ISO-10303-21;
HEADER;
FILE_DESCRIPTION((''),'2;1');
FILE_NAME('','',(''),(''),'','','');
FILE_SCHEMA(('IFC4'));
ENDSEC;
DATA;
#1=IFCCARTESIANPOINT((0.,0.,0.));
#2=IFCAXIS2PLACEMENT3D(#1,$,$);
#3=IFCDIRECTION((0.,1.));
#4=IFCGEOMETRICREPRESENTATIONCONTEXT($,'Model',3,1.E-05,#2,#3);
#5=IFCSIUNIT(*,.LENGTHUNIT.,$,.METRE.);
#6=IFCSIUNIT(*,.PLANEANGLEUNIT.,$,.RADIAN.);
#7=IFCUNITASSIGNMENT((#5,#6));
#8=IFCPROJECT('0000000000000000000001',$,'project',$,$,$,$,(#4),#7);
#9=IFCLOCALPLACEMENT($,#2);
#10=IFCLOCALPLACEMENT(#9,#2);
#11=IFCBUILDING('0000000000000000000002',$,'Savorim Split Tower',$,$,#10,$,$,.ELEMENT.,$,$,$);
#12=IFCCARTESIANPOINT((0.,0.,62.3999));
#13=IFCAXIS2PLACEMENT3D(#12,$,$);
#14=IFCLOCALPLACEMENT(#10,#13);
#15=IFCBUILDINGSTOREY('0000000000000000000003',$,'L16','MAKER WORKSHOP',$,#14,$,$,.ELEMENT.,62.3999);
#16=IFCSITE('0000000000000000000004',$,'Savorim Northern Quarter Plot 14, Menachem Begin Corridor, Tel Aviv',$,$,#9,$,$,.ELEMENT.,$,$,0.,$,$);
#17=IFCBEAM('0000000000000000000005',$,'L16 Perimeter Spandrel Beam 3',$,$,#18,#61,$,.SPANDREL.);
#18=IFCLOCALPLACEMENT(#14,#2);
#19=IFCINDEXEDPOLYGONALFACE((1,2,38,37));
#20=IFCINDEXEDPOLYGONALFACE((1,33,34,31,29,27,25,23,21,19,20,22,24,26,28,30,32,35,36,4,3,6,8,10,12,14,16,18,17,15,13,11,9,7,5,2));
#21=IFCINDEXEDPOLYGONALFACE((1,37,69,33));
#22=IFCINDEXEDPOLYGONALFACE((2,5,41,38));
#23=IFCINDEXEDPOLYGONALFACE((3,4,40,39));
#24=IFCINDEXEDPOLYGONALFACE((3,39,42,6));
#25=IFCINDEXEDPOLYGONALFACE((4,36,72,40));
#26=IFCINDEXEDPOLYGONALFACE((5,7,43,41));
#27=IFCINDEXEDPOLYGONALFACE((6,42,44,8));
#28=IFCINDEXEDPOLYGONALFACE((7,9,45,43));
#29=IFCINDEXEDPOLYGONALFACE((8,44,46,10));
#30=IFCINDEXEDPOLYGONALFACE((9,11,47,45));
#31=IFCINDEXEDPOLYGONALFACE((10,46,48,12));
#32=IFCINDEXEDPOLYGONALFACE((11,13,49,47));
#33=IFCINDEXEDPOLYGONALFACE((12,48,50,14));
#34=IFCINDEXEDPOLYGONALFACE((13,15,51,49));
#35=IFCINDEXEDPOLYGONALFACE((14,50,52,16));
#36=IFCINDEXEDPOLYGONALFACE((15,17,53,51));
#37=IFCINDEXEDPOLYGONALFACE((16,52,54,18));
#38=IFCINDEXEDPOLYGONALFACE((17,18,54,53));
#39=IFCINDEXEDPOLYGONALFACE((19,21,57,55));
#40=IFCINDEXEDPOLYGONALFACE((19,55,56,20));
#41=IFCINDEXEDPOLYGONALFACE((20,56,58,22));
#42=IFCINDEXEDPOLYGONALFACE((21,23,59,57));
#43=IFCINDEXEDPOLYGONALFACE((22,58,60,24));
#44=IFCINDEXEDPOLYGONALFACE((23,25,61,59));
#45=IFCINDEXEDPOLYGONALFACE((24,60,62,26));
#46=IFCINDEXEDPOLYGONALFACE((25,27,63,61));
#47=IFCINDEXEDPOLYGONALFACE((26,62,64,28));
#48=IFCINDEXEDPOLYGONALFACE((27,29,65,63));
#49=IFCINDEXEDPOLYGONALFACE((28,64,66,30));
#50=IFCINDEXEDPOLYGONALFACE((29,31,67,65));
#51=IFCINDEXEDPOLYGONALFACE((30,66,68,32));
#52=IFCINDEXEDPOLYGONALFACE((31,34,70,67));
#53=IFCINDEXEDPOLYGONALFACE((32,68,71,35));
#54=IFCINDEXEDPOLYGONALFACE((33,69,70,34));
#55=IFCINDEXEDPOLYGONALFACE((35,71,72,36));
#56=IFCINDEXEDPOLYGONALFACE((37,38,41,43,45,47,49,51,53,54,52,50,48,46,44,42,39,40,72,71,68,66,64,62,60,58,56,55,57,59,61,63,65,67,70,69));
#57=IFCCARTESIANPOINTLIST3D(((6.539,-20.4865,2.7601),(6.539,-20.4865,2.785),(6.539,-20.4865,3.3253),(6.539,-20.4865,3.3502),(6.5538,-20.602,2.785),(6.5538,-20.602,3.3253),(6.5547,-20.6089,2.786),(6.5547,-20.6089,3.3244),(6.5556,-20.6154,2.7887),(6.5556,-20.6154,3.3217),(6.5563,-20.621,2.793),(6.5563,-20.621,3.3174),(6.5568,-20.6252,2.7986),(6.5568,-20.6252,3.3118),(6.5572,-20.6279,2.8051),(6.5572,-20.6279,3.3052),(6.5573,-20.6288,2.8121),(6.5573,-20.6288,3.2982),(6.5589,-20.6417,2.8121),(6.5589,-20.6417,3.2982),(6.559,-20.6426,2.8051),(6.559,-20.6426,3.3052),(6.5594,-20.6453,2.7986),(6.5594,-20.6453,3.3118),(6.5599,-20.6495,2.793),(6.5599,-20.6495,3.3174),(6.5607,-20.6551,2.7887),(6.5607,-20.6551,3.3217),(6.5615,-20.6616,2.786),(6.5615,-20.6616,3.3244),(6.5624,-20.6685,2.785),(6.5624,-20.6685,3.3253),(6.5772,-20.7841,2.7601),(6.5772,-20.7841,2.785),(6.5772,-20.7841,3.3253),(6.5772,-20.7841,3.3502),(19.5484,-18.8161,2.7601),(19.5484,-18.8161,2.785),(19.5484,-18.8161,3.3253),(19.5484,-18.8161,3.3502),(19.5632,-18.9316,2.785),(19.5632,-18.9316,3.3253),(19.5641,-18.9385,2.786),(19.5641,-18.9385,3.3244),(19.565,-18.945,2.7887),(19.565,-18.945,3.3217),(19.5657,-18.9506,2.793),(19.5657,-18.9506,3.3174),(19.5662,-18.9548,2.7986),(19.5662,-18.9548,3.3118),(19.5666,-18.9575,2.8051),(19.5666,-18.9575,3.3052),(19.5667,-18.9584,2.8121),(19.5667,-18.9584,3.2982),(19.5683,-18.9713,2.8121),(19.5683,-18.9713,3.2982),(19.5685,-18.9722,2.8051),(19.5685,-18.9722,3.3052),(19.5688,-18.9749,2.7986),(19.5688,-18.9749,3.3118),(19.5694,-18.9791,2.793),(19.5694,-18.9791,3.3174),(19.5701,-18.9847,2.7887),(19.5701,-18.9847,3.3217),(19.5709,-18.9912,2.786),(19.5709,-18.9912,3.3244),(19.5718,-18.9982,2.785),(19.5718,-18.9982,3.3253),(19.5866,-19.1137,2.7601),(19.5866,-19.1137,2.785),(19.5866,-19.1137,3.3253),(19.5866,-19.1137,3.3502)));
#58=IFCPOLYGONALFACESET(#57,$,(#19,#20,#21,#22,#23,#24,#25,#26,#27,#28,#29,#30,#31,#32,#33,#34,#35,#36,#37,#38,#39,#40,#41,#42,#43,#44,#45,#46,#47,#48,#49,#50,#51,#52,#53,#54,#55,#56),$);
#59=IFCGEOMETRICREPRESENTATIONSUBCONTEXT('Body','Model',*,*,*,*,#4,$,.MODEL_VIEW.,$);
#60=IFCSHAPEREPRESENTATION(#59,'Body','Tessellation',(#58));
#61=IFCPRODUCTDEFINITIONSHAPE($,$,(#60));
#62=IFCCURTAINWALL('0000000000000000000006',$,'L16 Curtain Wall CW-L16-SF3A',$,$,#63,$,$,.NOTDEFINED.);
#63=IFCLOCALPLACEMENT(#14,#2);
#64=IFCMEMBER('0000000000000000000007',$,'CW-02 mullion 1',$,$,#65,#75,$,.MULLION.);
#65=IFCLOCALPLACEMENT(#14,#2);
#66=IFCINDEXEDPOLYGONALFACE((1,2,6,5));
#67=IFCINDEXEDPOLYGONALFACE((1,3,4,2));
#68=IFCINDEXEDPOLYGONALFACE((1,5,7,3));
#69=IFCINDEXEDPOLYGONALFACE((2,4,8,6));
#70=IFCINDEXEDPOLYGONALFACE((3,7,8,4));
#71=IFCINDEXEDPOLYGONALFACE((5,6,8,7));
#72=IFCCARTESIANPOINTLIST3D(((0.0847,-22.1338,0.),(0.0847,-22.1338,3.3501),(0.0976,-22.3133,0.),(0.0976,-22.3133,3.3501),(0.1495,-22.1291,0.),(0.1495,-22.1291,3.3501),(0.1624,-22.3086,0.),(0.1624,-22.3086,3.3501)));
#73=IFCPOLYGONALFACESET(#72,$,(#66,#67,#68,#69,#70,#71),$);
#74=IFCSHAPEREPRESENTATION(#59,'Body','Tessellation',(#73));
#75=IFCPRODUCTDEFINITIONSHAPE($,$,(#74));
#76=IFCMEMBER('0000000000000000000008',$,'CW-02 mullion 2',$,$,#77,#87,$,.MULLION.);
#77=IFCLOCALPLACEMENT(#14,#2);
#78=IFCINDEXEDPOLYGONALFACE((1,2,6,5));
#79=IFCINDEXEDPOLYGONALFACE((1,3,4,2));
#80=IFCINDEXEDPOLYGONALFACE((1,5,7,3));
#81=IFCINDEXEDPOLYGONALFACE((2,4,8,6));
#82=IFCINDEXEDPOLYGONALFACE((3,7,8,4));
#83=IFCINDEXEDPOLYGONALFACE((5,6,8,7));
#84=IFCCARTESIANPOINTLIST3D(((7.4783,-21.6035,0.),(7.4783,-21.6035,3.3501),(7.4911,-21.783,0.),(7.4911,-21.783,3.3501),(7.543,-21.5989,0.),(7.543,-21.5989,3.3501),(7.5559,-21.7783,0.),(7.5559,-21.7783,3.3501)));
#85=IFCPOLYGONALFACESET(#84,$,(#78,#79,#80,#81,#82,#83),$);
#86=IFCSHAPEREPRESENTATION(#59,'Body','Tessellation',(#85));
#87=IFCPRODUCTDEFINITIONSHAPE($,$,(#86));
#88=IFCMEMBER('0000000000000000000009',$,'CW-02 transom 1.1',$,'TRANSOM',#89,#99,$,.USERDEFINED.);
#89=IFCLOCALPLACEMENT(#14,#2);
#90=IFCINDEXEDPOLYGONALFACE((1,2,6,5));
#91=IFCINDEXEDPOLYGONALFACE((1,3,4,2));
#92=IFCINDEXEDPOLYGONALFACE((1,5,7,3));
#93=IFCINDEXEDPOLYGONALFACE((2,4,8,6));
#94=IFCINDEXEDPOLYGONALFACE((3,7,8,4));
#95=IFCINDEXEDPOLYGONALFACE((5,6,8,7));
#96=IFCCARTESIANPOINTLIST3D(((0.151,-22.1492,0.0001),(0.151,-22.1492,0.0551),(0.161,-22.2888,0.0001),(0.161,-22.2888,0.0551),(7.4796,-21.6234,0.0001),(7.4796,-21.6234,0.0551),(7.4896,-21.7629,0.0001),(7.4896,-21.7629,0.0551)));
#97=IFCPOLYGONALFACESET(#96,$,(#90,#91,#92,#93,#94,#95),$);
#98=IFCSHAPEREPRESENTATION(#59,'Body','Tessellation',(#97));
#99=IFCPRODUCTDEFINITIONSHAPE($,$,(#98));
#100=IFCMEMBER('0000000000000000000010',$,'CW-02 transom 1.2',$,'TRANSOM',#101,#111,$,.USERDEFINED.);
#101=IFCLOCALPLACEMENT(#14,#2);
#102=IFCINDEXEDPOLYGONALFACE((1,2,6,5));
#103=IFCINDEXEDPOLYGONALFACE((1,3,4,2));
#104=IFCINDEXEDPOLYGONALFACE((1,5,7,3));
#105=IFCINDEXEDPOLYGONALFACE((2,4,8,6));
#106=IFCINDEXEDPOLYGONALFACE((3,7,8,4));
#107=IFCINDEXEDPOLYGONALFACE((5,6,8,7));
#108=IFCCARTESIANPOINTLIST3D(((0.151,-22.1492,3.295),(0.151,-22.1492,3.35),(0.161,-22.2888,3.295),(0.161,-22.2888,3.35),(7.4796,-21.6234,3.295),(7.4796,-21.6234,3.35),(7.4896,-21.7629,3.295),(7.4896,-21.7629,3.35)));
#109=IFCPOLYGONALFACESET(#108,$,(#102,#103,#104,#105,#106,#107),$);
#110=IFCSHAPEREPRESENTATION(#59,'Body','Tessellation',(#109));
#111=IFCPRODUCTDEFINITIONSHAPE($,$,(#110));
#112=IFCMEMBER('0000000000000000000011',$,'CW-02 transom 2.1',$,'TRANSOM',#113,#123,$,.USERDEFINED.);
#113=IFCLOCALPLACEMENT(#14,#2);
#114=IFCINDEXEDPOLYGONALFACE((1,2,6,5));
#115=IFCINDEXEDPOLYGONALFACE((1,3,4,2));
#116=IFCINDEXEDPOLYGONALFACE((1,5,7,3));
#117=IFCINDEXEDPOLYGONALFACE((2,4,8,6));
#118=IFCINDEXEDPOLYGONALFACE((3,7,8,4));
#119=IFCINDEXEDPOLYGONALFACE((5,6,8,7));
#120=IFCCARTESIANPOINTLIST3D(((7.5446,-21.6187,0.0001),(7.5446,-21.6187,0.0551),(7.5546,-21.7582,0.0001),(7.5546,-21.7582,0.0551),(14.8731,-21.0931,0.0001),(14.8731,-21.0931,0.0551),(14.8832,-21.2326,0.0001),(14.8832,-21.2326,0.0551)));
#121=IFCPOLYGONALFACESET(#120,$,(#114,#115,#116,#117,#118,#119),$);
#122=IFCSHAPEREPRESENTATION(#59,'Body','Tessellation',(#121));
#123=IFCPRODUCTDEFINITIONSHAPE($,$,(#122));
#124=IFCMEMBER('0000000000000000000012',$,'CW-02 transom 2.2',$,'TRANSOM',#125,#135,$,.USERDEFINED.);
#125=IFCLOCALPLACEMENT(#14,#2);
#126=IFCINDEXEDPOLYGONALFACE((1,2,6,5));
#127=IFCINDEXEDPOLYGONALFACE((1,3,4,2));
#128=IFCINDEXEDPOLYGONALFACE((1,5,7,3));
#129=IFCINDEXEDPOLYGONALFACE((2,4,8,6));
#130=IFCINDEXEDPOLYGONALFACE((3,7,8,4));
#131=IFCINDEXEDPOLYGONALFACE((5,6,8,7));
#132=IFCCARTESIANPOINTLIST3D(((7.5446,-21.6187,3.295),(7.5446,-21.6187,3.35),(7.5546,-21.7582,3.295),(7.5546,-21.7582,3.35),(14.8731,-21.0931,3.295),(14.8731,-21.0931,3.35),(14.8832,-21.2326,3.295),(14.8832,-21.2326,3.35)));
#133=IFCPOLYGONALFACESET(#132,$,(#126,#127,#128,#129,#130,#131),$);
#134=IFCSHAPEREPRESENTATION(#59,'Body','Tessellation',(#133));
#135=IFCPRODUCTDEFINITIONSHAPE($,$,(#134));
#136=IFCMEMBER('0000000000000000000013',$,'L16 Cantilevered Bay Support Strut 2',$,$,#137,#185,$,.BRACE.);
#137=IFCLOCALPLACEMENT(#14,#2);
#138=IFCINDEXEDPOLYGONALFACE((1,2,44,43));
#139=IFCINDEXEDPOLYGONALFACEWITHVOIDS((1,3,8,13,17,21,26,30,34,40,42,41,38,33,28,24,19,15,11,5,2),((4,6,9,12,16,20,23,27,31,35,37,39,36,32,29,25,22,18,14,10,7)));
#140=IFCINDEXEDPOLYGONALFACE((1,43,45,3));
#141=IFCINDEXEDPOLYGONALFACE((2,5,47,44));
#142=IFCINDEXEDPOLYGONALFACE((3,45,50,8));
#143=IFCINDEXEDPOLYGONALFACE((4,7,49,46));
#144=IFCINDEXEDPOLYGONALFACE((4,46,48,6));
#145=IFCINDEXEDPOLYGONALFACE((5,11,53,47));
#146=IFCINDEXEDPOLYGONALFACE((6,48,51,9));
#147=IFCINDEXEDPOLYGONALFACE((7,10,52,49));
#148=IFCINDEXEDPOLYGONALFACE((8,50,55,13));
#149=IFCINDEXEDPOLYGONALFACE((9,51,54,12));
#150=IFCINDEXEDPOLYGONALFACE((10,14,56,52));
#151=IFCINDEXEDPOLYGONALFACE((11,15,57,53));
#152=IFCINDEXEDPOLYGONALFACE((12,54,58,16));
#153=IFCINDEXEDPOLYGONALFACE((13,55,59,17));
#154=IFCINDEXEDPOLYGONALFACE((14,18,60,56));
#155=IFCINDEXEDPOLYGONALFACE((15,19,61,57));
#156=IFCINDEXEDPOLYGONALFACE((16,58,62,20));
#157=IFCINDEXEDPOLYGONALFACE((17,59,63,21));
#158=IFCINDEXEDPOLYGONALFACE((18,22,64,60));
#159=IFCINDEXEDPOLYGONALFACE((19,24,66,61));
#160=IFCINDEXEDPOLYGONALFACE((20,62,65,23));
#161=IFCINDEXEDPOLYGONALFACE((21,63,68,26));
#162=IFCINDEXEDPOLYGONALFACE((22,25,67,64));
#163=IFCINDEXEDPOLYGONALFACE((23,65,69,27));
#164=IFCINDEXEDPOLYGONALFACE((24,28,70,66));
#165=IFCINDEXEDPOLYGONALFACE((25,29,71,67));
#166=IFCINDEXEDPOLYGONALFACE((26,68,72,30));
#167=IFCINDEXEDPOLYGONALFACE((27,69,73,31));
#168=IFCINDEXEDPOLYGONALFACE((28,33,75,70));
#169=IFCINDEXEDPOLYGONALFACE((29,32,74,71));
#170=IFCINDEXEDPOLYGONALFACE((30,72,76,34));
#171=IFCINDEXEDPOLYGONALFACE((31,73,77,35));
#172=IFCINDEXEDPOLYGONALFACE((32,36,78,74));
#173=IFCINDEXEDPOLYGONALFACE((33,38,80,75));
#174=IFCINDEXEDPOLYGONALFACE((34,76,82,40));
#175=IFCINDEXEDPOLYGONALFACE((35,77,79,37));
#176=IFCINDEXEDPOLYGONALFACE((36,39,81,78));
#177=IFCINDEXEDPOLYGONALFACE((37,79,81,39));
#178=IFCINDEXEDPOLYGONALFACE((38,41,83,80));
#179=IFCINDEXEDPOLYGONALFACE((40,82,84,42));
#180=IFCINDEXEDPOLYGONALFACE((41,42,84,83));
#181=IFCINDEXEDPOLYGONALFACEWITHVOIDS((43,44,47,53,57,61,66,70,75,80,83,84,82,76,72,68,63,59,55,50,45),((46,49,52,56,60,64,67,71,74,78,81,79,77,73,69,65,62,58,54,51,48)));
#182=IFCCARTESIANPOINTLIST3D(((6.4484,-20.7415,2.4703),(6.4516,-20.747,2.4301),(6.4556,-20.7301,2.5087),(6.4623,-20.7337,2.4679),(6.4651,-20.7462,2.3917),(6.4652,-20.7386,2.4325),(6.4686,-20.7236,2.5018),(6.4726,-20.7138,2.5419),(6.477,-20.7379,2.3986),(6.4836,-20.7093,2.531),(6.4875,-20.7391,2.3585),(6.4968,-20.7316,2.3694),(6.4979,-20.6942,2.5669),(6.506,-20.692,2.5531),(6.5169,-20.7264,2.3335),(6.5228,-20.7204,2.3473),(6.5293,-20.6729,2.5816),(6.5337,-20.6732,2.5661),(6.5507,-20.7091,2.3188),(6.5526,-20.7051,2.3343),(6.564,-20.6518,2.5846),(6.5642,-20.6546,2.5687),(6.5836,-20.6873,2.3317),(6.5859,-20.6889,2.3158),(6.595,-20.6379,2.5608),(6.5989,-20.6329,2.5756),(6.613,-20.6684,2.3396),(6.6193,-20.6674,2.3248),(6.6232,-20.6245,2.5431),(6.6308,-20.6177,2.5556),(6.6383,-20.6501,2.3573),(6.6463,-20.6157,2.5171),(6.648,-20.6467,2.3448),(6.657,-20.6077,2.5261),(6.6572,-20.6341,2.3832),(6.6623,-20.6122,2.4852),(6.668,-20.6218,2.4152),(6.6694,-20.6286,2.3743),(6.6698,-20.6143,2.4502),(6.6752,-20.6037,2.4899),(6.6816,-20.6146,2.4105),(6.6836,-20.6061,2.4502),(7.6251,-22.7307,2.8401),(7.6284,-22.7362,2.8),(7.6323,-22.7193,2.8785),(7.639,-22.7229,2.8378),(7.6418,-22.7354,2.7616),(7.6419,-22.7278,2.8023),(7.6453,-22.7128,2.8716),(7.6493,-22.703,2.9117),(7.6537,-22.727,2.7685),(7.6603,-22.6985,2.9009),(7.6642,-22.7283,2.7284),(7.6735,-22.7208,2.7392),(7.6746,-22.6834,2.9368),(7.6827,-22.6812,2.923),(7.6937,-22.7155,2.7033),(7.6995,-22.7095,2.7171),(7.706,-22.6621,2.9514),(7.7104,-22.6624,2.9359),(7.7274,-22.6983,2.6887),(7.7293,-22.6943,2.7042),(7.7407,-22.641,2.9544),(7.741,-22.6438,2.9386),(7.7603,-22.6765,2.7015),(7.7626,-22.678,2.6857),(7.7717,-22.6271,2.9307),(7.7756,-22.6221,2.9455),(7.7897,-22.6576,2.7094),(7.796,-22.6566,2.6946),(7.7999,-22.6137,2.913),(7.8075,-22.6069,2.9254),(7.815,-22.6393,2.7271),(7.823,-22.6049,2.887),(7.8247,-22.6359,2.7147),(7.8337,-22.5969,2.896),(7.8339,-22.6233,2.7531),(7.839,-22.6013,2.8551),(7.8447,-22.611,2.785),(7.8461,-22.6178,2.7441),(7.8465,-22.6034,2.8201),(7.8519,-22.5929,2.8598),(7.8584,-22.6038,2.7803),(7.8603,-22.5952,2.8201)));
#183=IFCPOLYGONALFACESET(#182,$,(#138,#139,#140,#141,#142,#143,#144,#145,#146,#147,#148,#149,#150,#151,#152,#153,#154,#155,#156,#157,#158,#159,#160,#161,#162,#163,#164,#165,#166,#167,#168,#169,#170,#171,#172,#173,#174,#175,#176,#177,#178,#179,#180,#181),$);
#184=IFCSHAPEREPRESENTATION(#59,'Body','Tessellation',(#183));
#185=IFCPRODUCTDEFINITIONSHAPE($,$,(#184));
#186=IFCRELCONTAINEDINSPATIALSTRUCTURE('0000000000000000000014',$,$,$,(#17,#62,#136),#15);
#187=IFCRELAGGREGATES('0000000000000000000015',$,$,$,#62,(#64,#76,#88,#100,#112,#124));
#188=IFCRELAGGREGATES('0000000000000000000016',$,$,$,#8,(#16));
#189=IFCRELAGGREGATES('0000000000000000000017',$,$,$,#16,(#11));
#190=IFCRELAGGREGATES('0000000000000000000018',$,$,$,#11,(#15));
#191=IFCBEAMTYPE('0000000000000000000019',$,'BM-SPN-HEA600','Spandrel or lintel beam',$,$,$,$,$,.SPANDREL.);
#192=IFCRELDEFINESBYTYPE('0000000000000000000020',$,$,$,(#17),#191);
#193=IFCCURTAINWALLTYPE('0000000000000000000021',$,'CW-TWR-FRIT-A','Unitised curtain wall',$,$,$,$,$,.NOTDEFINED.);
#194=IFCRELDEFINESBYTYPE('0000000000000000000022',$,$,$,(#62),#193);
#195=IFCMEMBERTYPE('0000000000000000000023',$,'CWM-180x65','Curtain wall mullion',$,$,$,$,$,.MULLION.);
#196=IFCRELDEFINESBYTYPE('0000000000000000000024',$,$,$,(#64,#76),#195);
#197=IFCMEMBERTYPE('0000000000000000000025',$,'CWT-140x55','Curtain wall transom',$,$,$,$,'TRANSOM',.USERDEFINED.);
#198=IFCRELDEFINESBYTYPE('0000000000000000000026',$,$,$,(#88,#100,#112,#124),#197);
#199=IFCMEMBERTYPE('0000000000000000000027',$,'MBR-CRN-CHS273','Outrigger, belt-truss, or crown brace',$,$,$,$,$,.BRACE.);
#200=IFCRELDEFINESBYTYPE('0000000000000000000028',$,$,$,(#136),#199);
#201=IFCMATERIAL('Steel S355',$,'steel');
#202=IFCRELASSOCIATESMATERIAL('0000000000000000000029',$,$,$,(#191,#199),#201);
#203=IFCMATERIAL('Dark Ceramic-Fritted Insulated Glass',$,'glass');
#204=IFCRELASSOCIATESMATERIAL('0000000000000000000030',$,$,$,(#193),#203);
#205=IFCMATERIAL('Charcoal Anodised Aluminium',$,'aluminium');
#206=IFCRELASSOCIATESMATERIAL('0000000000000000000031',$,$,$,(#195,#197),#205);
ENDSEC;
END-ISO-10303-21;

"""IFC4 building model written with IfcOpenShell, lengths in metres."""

from ifc_helpers import new_model, si_unit, direction, frame, origin, origin_2d, place, context, subcontext, project, spatial, rectangle, hollow_circle, i_section, extrude, material, material_profile, profile_set, type_object, element, aggregate, save


model = new_model("IFC4")

# Units and contexts
model_context = context("Model", 3, precision=1e-05, world=origin(), true_north=direction((0.0, 1.0)))
body_context = subcontext(model_context, "Body", "Model", "MODEL_VIEW")
ifc_project = project(units=[si_unit("LENGTHUNIT", "METRE"), si_unit("PLANEANGLEUNIT", "RADIAN")], contexts=[model_context])

# Site, building, storey
site_placement = place(None, origin())
site = spatial("IfcSite", under=ifc_project, at=site_placement, Name="Savorim Northern Quarter Plot 14, Menachem Begin Corridor, Tel Aviv", CompositionType="ELEMENT", RefElevation=0.0)
building_placement = place(site_placement, origin())
building = spatial("IfcBuilding", under=site, at=building_placement, Name="Savorim Split Tower", CompositionType="ELEMENT")
storey_placement = place(building_placement, frame((0.0, 0.0, 62.3999)))
storey = spatial("IfcBuildingStorey", under=building, at=storey_placement, Name="L16", Description="MAKER WORKSHOP", CompositionType="ELEMENT", Elevation=62.3999)

# Beam
ifc_material_1 = material(Name="Steel S355", Category="steel")
ifc_material_profile_1 = material_profile(ifc_material_1, i_section(OverallWidth=0.3, OverallDepth=0.5901, WebThickness=0.0129, FlangeThickness=0.0249, FilletRadius=0.0271, at=origin_2d()), Name="HEA 600")
ifc_profile_set_1 = profile_set([ifc_material_profile_1], Name="Steel S355")
beam_type_1 = type_object("IfcBeamType", Name="BM-SPN-HEA600", Description="Spandrel or lintel beam", PredefinedType="SPANDREL", material=ifc_profile_set_1)
beam_1_placement = place(storey_placement, frame((6.5581, -20.6353, 3.0552), z_axis=(0.991857, 0.127354, 0.0), x_axis=(-0.127354, 0.991857, 0.0)))
element("IfcBeam", 1, at=beam_1_placement, inside=storey, type_object=beam_type_1, Name="L16 Perimeter Spandrel Beam 3", PredefinedType="SPANDREL", context=body_context, shape_type="SweptSolid", body=[
    extrude(i_section(OverallWidth=0.3, OverallDepth=0.5901, WebThickness=0.0129, FlangeThickness=0.0249, FilletRadius=0.0271, at=origin_2d()), origin(), (0.0, 0.0, 1.0), 13.1162),
])

# Curtain wall, members
ifc_material_2 = material(Name="Dark Ceramic-Fritted Insulated Glass", Category="glass")
curtain_wall_type = type_object("IfcCurtainWallType", Name="CW-TWR-FRIT-A", Description="Unitised curtain wall", PredefinedType="NOTDEFINED", material=ifc_material_2)
curtain_wall_placement = place(storey_placement, origin())
curtain_wall = element("IfcCurtainWall", 2, at=curtain_wall_placement, inside=storey, type_object=curtain_wall_type, Name="L16 Curtain Wall CW-L16-SF3A", PredefinedType="NOTDEFINED")
ifc_material_3 = material(Name="Charcoal Anodised Aluminium", Category="aluminium")
ifc_material_profile_2 = material_profile(ifc_material_3, rectangle(XDim=0.1799, YDim=0.0649, at=origin_2d()), Name="ALU-M 180x65")
ifc_profile_set_2 = profile_set([ifc_material_profile_2], Name="Charcoal Anodised Aluminium")
member_type_1 = type_object("IfcMemberType", Name="CWM-180x65", Description="Curtain wall mullion", PredefinedType="MULLION", material=ifc_profile_set_2)
member_1_placement = place(storey_placement, frame((0.1235, -22.2212, 0.0), z_axis=(0.0, 0.0, 1.0), x_axis=(-0.071559, 0.997436, 0.0)))
member_1 = element("IfcMember", 3, at=member_1_placement, type_object=member_type_1, Name="CW-02 mullion 1", PredefinedType="MULLION", context=body_context, shape_type="SweptSolid", body=[
    extrude(rectangle(XDim=0.1799, YDim=0.0649, at=origin_2d()), origin(), (0.0, 0.0, 1.0), 3.3501),
])
member_2_placement = place(storey_placement, frame((7.5171, -21.6909, 0.0), z_axis=(0.0, 0.0, 1.0), x_axis=(-0.071559, 0.997436, 0.0)))
member_2 = element("IfcMember", 4, at=member_2_placement, type_object=member_type_1, Name="CW-02 mullion 2", PredefinedType="MULLION", context=body_context, shape_type="SweptSolid", body=[
    extrude(rectangle(XDim=0.1799, YDim=0.0649, at=origin_2d()), origin(), (0.0, 0.0, 1.0), 3.3501),
])
ifc_material_profile_3 = material_profile(ifc_material_3, rectangle(XDim=0.1399, YDim=0.0549, at=origin_2d()), Name="ALU-T 140x55")
ifc_profile_set_3 = profile_set([ifc_material_profile_3], Name="Charcoal Anodised Aluminium")
member_type_2 = type_object("IfcMemberType", Name="CWT-140x55", Description="Curtain wall transom", ElementType="TRANSOM", PredefinedType="USERDEFINED", material=ifc_profile_set_3)
member_3_placement = place(storey_placement, frame((0.156, -22.219, 0.0276), z_axis=(0.997435, 0.071573, 0.0), x_axis=(-0.071573, 0.997435, 0.0)))
member_3 = element("IfcMember", 5, at=member_3_placement, type_object=member_type_2, Name="CW-02 transom 1.1", ObjectType="TRANSOM", PredefinedType="USERDEFINED", context=body_context, shape_type="SweptSolid", body=[
    extrude(rectangle(XDim=0.1399, YDim=0.0549, at=origin_2d()), origin(), (0.0, 0.0, 1.0), 7.3474),
])
member_4_placement = place(storey_placement, frame((0.156, -22.219, 3.3225), z_axis=(0.997435, 0.071573, 0.0), x_axis=(-0.071573, 0.997435, 0.0)))
member_4 = element("IfcMember", 6, at=member_4_placement, type_object=member_type_2, Name="CW-02 transom 1.2", ObjectType="TRANSOM", PredefinedType="USERDEFINED", context=body_context, shape_type="SweptSolid", body=[
    extrude(rectangle(XDim=0.1399, YDim=0.0549, at=origin_2d()), origin(), (0.0, 0.0, 1.0), 7.3474),
])
member_5_placement = place(storey_placement, frame((7.5496, -21.6885, 0.0276), z_axis=(0.997438, 0.07154, 0.0), x_axis=(-0.07154, 0.997438, 0.0)))
member_5 = element("IfcMember", 7, at=member_5_placement, type_object=member_type_2, Name="CW-02 transom 2.1", ObjectType="TRANSOM", PredefinedType="USERDEFINED", context=body_context, shape_type="SweptSolid", body=[
    extrude(rectangle(XDim=0.1399, YDim=0.0549, at=origin_2d()), origin(), (0.0, 0.0, 1.0), 7.3474),
])
member_6_placement = place(storey_placement, frame((7.5496, -21.6885, 3.3225), z_axis=(0.997438, 0.07154, 0.0), x_axis=(-0.07154, 0.997438, 0.0)))
member_6 = element("IfcMember", 8, at=member_6_placement, type_object=member_type_2, Name="CW-02 transom 2.2", ObjectType="TRANSOM", PredefinedType="USERDEFINED", context=body_context, shape_type="SweptSolid", body=[
    extrude(rectangle(XDim=0.1399, YDim=0.0549, at=origin_2d()), origin(), (0.0, 0.0, 1.0), 7.3474),
])

# Member
ifc_material_profile_4 = material_profile(ifc_material_1, hollow_circle(Radius=0.1365, WallThickness=0.0161, at=origin_2d()), Name="CHS 273x16")
ifc_profile_set_4 = profile_set([ifc_material_profile_4], Name="Steel S355")
member_type_3 = type_object("IfcMemberType", Name="MBR-CRN-CHS273", Description="Outrigger, belt-truss, or crown brace", PredefinedType="BRACE", material=ifc_profile_set_4)
member_7_placement = place(storey_placement, frame((6.5662, -20.6755, 2.4502), z_axis=(0.502745, -0.849869, 0.158021), x_axis=(0.860682, 0.509142, 0.0)))
element("IfcMember", 9, at=member_7_placement, inside=storey, type_object=member_type_3, Name="L16 Cantilevered Bay Support Strut 2", PredefinedType="BRACE", context=body_context, shape_type="SweptSolid", body=[
    extrude(hollow_circle(Radius=0.1365, WallThickness=0.0161, at=origin_2d()), origin(), (0.0, 0.0, 1.0), 2.3406),
])

aggregate(curtain_wall, [member_1, member_2, member_3, member_4, member_5, member_6])

save(model, "model.ifc")
